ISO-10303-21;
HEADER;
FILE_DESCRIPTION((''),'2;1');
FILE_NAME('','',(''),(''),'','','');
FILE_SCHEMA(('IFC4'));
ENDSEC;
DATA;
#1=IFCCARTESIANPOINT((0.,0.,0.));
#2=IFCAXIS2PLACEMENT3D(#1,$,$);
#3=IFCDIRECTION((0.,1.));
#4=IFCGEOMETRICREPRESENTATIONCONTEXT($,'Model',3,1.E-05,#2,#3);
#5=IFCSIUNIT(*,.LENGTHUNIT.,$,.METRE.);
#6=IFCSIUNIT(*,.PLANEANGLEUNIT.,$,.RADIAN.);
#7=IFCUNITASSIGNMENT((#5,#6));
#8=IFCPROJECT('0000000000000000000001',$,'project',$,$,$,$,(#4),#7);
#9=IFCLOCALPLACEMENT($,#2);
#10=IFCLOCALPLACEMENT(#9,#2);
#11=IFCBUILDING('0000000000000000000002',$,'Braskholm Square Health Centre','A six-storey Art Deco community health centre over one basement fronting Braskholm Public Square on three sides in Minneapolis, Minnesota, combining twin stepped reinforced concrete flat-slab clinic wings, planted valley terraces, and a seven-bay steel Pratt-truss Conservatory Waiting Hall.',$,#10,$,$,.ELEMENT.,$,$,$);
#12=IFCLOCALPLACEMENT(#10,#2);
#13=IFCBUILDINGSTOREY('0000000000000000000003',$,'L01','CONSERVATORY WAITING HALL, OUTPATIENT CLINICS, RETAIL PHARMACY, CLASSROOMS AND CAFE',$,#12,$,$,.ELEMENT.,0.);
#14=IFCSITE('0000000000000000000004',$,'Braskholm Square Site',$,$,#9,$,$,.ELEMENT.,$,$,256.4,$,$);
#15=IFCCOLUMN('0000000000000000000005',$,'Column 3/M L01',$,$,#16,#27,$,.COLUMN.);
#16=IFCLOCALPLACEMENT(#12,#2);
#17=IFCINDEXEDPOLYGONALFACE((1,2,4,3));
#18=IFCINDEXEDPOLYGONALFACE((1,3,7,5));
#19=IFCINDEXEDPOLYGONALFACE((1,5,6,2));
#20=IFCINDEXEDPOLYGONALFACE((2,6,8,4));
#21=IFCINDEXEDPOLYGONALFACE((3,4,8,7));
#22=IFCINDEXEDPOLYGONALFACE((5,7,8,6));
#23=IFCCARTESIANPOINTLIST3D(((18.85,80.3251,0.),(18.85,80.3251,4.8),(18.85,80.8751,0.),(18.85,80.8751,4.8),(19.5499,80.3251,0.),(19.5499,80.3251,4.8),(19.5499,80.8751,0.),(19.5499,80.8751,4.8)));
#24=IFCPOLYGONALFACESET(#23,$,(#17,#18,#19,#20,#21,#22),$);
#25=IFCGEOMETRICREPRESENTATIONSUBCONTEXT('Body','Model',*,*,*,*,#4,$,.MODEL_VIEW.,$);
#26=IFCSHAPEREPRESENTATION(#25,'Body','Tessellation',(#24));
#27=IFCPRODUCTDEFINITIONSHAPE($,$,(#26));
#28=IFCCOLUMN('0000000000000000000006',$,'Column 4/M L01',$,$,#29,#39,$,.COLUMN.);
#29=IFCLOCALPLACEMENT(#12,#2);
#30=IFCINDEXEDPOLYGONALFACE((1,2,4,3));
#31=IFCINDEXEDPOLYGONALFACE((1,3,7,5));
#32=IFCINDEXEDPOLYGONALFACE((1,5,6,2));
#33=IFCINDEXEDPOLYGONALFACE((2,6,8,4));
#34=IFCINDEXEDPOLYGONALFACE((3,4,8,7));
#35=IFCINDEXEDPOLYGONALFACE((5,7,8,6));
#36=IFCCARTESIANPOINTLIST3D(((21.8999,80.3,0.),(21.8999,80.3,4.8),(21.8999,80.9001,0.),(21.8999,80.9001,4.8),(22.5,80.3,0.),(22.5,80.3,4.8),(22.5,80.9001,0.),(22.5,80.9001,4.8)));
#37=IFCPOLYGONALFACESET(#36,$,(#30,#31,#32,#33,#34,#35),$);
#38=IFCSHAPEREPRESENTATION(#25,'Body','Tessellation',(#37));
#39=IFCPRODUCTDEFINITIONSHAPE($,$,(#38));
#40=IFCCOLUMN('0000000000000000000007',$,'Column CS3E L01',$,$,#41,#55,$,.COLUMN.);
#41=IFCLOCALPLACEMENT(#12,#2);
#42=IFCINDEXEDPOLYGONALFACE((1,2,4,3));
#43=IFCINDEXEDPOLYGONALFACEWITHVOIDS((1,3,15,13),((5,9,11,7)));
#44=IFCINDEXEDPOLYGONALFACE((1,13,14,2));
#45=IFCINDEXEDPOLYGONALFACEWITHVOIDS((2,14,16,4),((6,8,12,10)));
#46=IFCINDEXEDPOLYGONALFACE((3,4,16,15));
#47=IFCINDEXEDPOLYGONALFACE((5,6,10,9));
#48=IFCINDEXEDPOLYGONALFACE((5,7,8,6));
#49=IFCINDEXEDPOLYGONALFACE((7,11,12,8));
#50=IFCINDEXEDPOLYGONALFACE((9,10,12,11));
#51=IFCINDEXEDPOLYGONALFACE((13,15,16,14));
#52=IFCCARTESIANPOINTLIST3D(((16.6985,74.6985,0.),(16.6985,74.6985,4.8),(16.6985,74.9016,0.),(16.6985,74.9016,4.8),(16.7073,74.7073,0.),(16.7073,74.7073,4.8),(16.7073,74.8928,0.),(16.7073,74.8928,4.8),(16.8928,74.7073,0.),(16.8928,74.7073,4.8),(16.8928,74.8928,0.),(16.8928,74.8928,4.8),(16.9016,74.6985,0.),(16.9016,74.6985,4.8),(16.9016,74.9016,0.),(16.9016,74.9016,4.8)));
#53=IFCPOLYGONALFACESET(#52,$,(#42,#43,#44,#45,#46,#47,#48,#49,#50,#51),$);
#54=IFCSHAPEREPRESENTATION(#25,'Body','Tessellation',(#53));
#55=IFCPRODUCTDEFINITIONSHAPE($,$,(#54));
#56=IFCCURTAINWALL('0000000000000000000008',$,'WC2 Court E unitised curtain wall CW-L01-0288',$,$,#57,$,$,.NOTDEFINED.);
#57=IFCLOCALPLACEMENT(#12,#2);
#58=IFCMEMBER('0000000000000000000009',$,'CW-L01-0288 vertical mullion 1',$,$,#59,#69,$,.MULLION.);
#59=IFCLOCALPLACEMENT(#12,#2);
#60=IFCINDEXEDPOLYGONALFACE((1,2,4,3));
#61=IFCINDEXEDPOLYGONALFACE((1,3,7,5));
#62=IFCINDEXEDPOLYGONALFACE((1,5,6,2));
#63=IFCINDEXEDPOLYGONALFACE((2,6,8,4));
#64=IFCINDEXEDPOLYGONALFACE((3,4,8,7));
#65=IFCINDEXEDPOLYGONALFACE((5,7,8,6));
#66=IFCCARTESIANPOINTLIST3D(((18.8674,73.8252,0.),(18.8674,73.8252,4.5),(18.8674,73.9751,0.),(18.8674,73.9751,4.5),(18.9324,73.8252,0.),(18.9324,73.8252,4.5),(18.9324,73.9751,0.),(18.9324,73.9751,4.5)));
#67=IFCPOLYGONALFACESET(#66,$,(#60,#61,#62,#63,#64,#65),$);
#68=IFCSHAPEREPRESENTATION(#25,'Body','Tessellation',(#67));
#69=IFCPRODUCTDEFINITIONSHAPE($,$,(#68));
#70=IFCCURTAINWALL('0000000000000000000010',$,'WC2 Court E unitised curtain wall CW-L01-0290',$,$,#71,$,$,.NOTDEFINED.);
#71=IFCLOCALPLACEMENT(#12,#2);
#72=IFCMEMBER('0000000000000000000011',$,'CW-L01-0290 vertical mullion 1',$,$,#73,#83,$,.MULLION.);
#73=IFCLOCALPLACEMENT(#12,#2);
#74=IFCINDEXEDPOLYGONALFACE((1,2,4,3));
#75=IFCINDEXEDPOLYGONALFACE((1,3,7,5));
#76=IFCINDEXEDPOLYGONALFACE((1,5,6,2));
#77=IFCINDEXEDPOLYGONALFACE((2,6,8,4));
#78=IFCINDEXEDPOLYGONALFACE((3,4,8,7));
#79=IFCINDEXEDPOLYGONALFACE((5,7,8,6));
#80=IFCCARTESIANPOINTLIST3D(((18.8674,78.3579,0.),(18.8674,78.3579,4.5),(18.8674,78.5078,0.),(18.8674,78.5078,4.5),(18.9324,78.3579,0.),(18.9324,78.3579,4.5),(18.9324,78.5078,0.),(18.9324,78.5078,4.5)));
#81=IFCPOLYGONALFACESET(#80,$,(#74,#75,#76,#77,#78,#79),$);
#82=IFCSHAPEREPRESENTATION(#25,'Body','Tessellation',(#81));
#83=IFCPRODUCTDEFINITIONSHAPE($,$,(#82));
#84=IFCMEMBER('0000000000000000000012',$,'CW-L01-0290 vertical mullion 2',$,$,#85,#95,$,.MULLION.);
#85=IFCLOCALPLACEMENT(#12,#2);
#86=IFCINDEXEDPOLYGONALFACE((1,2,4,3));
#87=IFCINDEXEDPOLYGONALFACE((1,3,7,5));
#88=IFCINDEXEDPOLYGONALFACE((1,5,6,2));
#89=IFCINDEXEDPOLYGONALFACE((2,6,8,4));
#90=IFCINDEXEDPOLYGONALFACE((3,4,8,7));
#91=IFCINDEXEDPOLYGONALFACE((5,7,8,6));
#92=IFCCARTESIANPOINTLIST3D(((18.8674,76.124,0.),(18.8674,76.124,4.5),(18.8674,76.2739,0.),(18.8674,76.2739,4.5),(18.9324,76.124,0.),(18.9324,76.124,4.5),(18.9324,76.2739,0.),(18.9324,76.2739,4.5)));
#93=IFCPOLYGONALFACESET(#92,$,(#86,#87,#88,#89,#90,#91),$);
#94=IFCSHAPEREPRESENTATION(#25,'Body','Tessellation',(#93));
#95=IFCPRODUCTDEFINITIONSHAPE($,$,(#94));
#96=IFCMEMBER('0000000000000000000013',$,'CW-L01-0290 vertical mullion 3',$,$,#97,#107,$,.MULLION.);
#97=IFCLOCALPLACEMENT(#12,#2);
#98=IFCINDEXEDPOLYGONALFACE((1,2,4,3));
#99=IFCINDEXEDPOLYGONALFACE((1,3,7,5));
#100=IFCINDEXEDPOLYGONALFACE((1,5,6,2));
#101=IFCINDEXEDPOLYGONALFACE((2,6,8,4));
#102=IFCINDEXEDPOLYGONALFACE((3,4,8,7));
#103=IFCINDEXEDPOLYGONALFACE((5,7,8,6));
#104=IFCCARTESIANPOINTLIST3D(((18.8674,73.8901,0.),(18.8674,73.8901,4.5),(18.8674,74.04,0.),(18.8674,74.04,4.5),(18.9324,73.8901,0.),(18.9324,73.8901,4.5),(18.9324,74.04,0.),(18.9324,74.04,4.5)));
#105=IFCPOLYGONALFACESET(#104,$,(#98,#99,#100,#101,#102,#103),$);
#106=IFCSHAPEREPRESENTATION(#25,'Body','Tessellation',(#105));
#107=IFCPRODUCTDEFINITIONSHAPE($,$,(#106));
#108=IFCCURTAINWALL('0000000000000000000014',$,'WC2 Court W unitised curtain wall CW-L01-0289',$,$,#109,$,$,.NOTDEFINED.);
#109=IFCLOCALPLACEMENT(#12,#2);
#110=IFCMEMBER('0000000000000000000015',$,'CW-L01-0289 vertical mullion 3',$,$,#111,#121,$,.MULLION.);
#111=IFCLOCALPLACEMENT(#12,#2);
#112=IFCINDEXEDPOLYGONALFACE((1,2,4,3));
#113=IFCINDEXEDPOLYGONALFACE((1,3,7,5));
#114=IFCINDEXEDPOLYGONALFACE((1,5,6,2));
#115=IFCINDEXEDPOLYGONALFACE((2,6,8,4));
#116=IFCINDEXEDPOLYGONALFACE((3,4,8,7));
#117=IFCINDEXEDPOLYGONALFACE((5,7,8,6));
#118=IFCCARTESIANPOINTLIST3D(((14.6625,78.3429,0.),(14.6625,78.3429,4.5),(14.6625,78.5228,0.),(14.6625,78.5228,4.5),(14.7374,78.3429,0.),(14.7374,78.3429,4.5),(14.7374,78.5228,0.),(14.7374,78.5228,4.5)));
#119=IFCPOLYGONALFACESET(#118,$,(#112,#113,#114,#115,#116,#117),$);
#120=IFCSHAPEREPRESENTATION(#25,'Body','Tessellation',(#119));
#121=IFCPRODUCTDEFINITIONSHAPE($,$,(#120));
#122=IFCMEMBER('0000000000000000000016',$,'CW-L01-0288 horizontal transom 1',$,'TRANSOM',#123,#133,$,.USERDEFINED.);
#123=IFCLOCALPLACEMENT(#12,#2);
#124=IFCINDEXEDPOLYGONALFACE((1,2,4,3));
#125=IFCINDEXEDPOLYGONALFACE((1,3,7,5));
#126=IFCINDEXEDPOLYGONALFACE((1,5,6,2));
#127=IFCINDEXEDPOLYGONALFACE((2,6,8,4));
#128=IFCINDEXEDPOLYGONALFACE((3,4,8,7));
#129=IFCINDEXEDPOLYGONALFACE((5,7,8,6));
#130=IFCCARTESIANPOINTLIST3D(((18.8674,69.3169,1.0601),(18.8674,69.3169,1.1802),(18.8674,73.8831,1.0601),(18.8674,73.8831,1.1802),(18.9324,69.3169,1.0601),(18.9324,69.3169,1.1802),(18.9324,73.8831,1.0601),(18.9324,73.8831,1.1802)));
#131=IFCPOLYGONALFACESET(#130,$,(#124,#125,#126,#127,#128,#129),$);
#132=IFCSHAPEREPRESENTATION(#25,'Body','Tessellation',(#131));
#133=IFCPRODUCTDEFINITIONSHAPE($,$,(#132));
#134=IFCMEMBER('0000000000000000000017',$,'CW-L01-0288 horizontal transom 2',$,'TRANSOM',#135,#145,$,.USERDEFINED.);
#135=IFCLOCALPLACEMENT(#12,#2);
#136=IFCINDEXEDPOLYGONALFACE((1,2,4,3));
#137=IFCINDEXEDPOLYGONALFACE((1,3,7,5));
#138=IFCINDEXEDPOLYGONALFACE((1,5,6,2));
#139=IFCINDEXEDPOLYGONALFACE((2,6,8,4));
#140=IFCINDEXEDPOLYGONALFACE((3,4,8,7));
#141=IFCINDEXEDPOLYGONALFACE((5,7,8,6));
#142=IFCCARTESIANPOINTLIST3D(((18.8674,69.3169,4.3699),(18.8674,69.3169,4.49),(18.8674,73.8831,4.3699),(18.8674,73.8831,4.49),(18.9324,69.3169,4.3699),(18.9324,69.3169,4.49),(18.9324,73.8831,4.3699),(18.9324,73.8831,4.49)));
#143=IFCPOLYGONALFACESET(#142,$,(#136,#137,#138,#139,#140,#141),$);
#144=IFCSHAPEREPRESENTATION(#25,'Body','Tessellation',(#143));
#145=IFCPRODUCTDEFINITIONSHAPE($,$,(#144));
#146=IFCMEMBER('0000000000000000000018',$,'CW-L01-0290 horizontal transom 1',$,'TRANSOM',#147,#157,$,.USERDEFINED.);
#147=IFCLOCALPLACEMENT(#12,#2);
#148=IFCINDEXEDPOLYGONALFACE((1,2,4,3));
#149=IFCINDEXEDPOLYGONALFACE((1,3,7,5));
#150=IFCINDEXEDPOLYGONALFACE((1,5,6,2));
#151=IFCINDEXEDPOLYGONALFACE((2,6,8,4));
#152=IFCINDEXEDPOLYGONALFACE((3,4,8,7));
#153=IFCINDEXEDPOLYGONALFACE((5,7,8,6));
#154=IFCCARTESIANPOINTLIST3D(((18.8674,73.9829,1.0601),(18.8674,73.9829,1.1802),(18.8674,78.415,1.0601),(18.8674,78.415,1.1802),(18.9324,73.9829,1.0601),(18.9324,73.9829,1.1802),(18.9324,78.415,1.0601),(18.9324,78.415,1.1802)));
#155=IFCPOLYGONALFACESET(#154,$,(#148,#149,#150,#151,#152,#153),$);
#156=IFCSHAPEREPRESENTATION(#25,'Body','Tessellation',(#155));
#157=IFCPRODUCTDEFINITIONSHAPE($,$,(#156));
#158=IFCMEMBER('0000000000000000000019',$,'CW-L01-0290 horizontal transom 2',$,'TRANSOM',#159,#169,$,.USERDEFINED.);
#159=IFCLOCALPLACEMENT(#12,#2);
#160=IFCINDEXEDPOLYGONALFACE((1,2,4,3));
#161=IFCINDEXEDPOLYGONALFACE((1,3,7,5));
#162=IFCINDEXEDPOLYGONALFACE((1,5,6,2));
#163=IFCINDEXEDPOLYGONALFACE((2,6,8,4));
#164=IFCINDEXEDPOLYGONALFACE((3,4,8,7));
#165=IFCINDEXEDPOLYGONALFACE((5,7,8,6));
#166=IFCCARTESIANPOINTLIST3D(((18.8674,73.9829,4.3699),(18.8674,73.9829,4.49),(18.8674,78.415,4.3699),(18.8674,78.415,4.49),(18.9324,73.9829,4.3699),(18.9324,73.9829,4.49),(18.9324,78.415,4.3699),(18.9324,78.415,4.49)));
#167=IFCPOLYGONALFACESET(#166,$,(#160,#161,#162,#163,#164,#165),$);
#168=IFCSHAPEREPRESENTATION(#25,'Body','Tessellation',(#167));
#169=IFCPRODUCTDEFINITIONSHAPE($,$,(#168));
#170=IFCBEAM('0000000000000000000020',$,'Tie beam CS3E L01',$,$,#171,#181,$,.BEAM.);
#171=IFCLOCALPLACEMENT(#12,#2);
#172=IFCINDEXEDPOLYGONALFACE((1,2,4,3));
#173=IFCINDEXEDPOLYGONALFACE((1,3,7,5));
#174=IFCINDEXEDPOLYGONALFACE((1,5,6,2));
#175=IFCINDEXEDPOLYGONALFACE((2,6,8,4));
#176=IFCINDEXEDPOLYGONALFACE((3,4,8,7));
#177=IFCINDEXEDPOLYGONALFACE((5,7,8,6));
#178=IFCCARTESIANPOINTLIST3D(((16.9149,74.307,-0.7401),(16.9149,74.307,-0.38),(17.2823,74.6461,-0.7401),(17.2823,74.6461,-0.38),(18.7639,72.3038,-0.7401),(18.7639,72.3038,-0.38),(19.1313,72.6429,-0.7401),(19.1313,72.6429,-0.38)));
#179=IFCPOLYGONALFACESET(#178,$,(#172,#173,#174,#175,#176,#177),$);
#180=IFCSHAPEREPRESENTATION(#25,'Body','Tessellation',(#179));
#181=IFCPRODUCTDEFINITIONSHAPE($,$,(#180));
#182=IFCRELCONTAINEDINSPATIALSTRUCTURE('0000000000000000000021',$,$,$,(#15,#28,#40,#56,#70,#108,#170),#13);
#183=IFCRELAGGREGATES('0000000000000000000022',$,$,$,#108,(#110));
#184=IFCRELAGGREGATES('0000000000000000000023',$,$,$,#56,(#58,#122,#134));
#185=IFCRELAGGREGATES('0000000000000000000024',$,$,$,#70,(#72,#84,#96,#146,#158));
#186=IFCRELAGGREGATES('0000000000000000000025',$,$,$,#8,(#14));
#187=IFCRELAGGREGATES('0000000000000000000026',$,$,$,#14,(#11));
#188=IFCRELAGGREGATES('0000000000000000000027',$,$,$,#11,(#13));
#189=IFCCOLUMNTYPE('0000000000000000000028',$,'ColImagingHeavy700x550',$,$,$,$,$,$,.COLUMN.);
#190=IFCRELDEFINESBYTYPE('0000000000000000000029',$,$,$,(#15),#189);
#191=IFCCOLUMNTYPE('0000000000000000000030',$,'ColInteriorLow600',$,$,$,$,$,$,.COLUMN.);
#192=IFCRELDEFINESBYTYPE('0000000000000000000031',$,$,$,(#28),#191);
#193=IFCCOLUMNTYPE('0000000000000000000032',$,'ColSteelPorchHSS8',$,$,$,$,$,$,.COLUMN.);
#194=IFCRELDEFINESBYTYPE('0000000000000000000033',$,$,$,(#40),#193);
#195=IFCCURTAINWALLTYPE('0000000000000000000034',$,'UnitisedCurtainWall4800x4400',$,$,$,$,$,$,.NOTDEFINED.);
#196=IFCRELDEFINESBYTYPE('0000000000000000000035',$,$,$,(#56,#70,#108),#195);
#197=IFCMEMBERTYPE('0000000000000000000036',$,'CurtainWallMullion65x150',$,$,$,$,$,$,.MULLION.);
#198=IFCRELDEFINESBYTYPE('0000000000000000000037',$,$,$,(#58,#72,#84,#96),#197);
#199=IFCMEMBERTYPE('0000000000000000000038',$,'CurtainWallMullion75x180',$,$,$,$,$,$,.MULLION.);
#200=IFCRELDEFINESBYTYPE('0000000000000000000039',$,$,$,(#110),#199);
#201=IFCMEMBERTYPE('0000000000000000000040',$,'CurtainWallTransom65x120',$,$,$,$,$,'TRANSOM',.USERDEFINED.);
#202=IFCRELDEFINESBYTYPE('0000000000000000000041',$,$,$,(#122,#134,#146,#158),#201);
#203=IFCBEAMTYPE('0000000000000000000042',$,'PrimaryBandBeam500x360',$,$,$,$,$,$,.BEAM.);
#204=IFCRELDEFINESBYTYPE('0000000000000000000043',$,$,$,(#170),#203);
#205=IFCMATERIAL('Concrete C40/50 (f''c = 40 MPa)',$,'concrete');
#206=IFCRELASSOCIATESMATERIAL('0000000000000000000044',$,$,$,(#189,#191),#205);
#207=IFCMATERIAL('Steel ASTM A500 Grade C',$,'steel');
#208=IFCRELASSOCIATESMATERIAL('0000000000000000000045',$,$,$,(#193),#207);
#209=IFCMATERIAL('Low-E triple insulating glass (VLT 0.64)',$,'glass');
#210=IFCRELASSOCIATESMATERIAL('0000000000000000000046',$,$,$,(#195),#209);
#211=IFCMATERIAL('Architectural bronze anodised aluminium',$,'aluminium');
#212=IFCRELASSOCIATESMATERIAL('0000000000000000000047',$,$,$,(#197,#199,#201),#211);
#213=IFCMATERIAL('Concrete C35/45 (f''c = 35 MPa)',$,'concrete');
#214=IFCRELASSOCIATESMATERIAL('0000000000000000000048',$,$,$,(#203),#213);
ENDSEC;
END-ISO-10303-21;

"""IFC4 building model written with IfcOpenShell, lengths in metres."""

from ifc_helpers import new_model, si_unit, direction, frame, origin, origin_2d, place, context, subcontext, project, spatial, rectangle, hollow_rectangle, extrude, material, material_profile, profile_set, type_object, element, aggregate, save


model = new_model("IFC4")

# Units and contexts
model_context = context("Model", 3, precision=1e-05, world=origin(), true_north=direction((0.0, 1.0)))
body_context = subcontext(model_context, "Body", "Model", "MODEL_VIEW")
ifc_project = project(units=[si_unit("LENGTHUNIT", "METRE"), si_unit("PLANEANGLEUNIT", "RADIAN")], contexts=[model_context])

# Site, building, storey
site_placement = place(None, origin())
site = spatial("IfcSite", under=ifc_project, at=site_placement, Name="Braskholm Square Site", CompositionType="ELEMENT", RefElevation=256.4)
building_placement = place(site_placement, origin())
building = spatial("IfcBuilding", under=site, at=building_placement, Name="Braskholm Square Health Centre", Description="A six-storey Art Deco community health centre over one basement fronting Braskholm Public Square on three sides in Minneapolis, Minnesota, combining twin stepped reinforced concrete flat-slab clinic wings, planted valley terraces, and a seven-bay steel Pratt-truss Conservatory Waiting Hall.", CompositionType="ELEMENT")
storey_placement = place(building_placement, origin())
storey = spatial("IfcBuildingStorey", under=building, at=storey_placement, Name="L01", Description="CONSERVATORY WAITING HALL, OUTPATIENT CLINICS, RETAIL PHARMACY, CLASSROOMS AND CAFE", CompositionType="ELEMENT", Elevation=0.0)

# Columns
ifc_material_1 = material(Name="Concrete C40/50 (f'c = 40 MPa)", Category="concrete")
ifc_material_profile_1 = material_profile(ifc_material_1, rectangle(XDim=0.7, YDim=0.55, at=origin_2d()), Name="RC-700X550")
ifc_profile_set_1 = profile_set([ifc_material_profile_1], Name="Concrete C40/50 (f'c = 40 MPa)")
column_type_1 = type_object("IfcColumnType", Name="ColImagingHeavy700x550", PredefinedType="COLUMN", material=ifc_profile_set_1)
column_1_placement = place(storey_placement, frame((19.2, 80.6001, 0.0), z_axis=(0.0, 0.0, 1.0), x_axis=(1.0, 0.0, 0.0)))
element("IfcColumn", 1, at=column_1_placement, inside=storey, type_object=column_type_1, Name="Column 3/M L01", PredefinedType="COLUMN", context=body_context, shape_type="SweptSolid", body=[
    extrude(rectangle(XDim=0.7, YDim=0.55, at=origin_2d()), origin(), (0.0, 0.0, 1.0), 4.8),
])
ifc_material_profile_2 = material_profile(ifc_material_1, rectangle(XDim=0.6001, YDim=0.6001, at=origin_2d()), Name="RC-600X600")
ifc_profile_set_2 = profile_set([ifc_material_profile_2], Name="Concrete C40/50 (f'c = 40 MPa)")
column_type_2 = type_object("IfcColumnType", Name="ColInteriorLow600", PredefinedType="COLUMN", material=ifc_profile_set_2)
column_2_placement = place(storey_placement, frame((22.2, 80.6001, 0.0), z_axis=(0.0, 0.0, 1.0), x_axis=(1.0, 0.0, 0.0)))
element("IfcColumn", 2, at=column_2_placement, inside=storey, type_object=column_type_2, Name="Column 4/M L01", PredefinedType="COLUMN", context=body_context, shape_type="SweptSolid", body=[
    extrude(rectangle(XDim=0.6001, YDim=0.6001, at=origin_2d()), origin(), (0.0, 0.0, 1.0), 4.8),
])
ifc_material_2 = material(Name="Steel ASTM A500 Grade C", Category="steel")
ifc_material_profile_3 = material_profile(ifc_material_2, hollow_rectangle(XDim=0.2031, YDim=0.2031, WallThickness=0.0088, at=origin_2d()), Name="HSS8X8X3/8")
ifc_profile_set_3 = profile_set([ifc_material_profile_3], Name="Steel ASTM A500 Grade C")
column_type_3 = type_object("IfcColumnType", Name="ColSteelPorchHSS8", PredefinedType="COLUMN", material=ifc_profile_set_3)
column_3_placement = place(storey_placement, frame((16.8, 74.8, 0.0), z_axis=(0.0, 0.0, 1.0), x_axis=(1.0, 0.0, 0.0)))
element("IfcColumn", 3, at=column_3_placement, inside=storey, type_object=column_type_3, Name="Column CS3E L01", PredefinedType="COLUMN", context=body_context, shape_type="SweptSolid", body=[
    extrude(hollow_rectangle(XDim=0.2031, YDim=0.2031, WallThickness=0.0088, at=origin_2d()), origin(), (0.0, 0.0, 1.0), 4.8),
])

# Curtain wall, member
ifc_material_3 = material(Name="Low-E triple insulating glass (VLT 0.64)", Category="glass")
curtain_wall_type = type_object("IfcCurtainWallType", Name="UnitisedCurtainWall4800x4400", PredefinedType="NOTDEFINED", material=ifc_material_3)
curtain_wall_1_placement = place(storey_placement, origin())
curtain_wall_1 = element("IfcCurtainWall", 4, at=curtain_wall_1_placement, inside=storey, type_object=curtain_wall_type, Name="WC2 Court E unitised curtain wall CW-L01-0288", PredefinedType="NOTDEFINED")
ifc_material_4 = material(Name="Architectural bronze anodised aluminium", Category="aluminium")
ifc_material_profile_4 = material_profile(ifc_material_4, rectangle(XDim=0.0649, YDim=0.1499, at=origin_2d()), Name="ALU-65X150")
ifc_profile_set_4 = profile_set([ifc_material_profile_4], Name="Architectural bronze anodised aluminium")
member_type_1 = type_object("IfcMemberType", Name="CurtainWallMullion65x150", PredefinedType="MULLION", material=ifc_profile_set_4)
member_1_placement = place(storey_placement, frame((18.8999, 73.9001, 0.0), z_axis=(0.0, 0.0, 1.0), x_axis=(1.0, 0.0, 0.0)))
member_1 = element("IfcMember", 5, at=member_1_placement, type_object=member_type_1, Name="CW-L01-0288 vertical mullion 1", PredefinedType="MULLION", context=body_context, shape_type="SweptSolid", body=[
    extrude(rectangle(XDim=0.0649, YDim=0.1499, at=origin_2d()), origin(), (0.0, 0.0, 1.0), 4.5),
])

# Curtain wall, members
curtain_wall_2_placement = place(storey_placement, origin())
curtain_wall_2 = element("IfcCurtainWall", 6, at=curtain_wall_2_placement, inside=storey, type_object=curtain_wall_type, Name="WC2 Court E unitised curtain wall CW-L01-0290", PredefinedType="NOTDEFINED")
member_2_placement = place(storey_placement, frame((18.8999, 78.4329, 0.0), z_axis=(0.0, 0.0, 1.0), x_axis=(1.0, 0.0, 0.0)))
member_2 = element("IfcMember", 7, at=member_2_placement, type_object=member_type_1, Name="CW-L01-0290 vertical mullion 1", PredefinedType="MULLION", context=body_context, shape_type="SweptSolid", body=[
    extrude(rectangle(XDim=0.0649, YDim=0.1499, at=origin_2d()), origin(), (0.0, 0.0, 1.0), 4.5),
])
member_3_placement = place(storey_placement, frame((18.8999, 76.199, 0.0), z_axis=(0.0, 0.0, 1.0), x_axis=(1.0, 0.0, 0.0)))
member_3 = element("IfcMember", 8, at=member_3_placement, type_object=member_type_1, Name="CW-L01-0290 vertical mullion 2", PredefinedType="MULLION", context=body_context, shape_type="SweptSolid", body=[
    extrude(rectangle(XDim=0.0649, YDim=0.1499, at=origin_2d()), origin(), (0.0, 0.0, 1.0), 4.5),
])
member_4_placement = place(storey_placement, frame((18.8999, 73.9651, 0.0), z_axis=(0.0, 0.0, 1.0), x_axis=(1.0, 0.0, 0.0)))
member_4 = element("IfcMember", 9, at=member_4_placement, type_object=member_type_1, Name="CW-L01-0290 vertical mullion 3", PredefinedType="MULLION", context=body_context, shape_type="SweptSolid", body=[
    extrude(rectangle(XDim=0.0649, YDim=0.1499, at=origin_2d()), origin(), (0.0, 0.0, 1.0), 4.5),
])

# Curtain wall, member
curtain_wall_3_placement = place(storey_placement, origin())
curtain_wall_3 = element("IfcCurtainWall", 10, at=curtain_wall_3_placement, inside=storey, type_object=curtain_wall_type, Name="WC2 Court W unitised curtain wall CW-L01-0289", PredefinedType="NOTDEFINED")
ifc_material_profile_5 = material_profile(ifc_material_4, rectangle(XDim=0.075, YDim=0.1799, at=origin_2d()), Name="ALU-75X180")
ifc_profile_set_5 = profile_set([ifc_material_profile_5], Name="Architectural bronze anodised aluminium")
member_type_2 = type_object("IfcMemberType", Name="CurtainWallMullion75x180", PredefinedType="MULLION", material=ifc_profile_set_5)
member_5_placement = place(storey_placement, frame((14.7, 78.4329, 0.0), z_axis=(0.0, 0.0, 1.0), x_axis=(1.0, 0.0, 0.0)))
member_5 = element("IfcMember", 11, at=member_5_placement, type_object=member_type_2, Name="CW-L01-0289 vertical mullion 3", PredefinedType="MULLION", context=body_context, shape_type="SweptSolid", body=[
    extrude(rectangle(XDim=0.075, YDim=0.1799, at=origin_2d()), origin(), (0.0, 0.0, 1.0), 4.5),
])
aggregate(curtain_wall_3, [member_5])

# Members
ifc_material_profile_6 = material_profile(ifc_material_4, rectangle(XDim=0.0649, YDim=0.1201, at=origin_2d()), Name="ALU-65X120")
ifc_profile_set_6 = profile_set([ifc_material_profile_6], Name="Architectural bronze anodised aluminium")
member_type_3 = type_object("IfcMemberType", Name="CurtainWallTransom65x120", ElementType="TRANSOM", PredefinedType="USERDEFINED", material=ifc_profile_set_6)
member_6_placement = place(storey_placement, frame((18.8999, 73.8831, 1.1201), z_axis=(0.0, -1.0, 0.0), x_axis=(1.0, 0.0, 0.0)))
member_6 = element("IfcMember", 12, at=member_6_placement, type_object=member_type_3, Name="CW-L01-0288 horizontal transom 1", ObjectType="TRANSOM", PredefinedType="USERDEFINED", context=body_context, shape_type="SweptSolid", body=[
    extrude(rectangle(XDim=0.0649, YDim=0.1201, at=origin_2d()), origin(), (0.0, 0.0, 1.0), 4.5662),
])
member_7_placement = place(storey_placement, frame((18.8999, 73.8831, 4.4299), z_axis=(0.0, -1.0, 0.0), x_axis=(1.0, 0.0, 0.0)))
member_7 = element("IfcMember", 13, at=member_7_placement, type_object=member_type_3, Name="CW-L01-0288 horizontal transom 2", ObjectType="TRANSOM", PredefinedType="USERDEFINED", context=body_context, shape_type="SweptSolid", body=[
    extrude(rectangle(XDim=0.0649, YDim=0.1201, at=origin_2d()), origin(), (0.0, 0.0, 1.0), 4.5662),
])
member_8_placement = place(storey_placement, frame((18.8999, 78.415, 1.1201), z_axis=(0.0, -1.0, 0.0), x_axis=(1.0, 0.0, 0.0)))
member_8 = element("IfcMember", 14, at=member_8_placement, type_object=member_type_3, Name="CW-L01-0290 horizontal transom 1", ObjectType="TRANSOM", PredefinedType="USERDEFINED", context=body_context, shape_type="SweptSolid", body=[
    extrude(rectangle(XDim=0.0649, YDim=0.1201, at=origin_2d()), origin(), (0.0, 0.0, 1.0), 4.4321),
])
member_9_placement = place(storey_placement, frame((18.8999, 78.415, 4.4299), z_axis=(0.0, -1.0, 0.0), x_axis=(1.0, 0.0, 0.0)))
member_9 = element("IfcMember", 15, at=member_9_placement, type_object=member_type_3, Name="CW-L01-0290 horizontal transom 2", ObjectType="TRANSOM", PredefinedType="USERDEFINED", context=body_context, shape_type="SweptSolid", body=[
    extrude(rectangle(XDim=0.0649, YDim=0.1201, at=origin_2d()), origin(), (0.0, 0.0, 1.0), 4.4321),
])

# Beam
ifc_material_5 = material(Name="Concrete C35/45 (f'c = 35 MPa)", Category="concrete")
ifc_material_profile_7 = material_profile(ifc_material_5, rectangle(XDim=0.5, YDim=0.3601, at=origin_2d()), Name="RCB-500X360")
ifc_profile_set_7 = profile_set([ifc_material_profile_7], Name="Concrete C35/45 (f'c = 35 MPa)")
beam_type_1 = type_object("IfcBeamType", Name="PrimaryBandBeam500x360", PredefinedType="BEAM", material=ifc_profile_set_7)
beam_1_placement = place(storey_placement, frame((17.0986, 74.4766, -0.5601), z_axis=(0.678239, -0.734841, 0.0), x_axis=(0.734841, 0.678239, 0.0)))
element("IfcBeam", 16, at=beam_1_placement, inside=storey, type_object=beam_type_1, Name="Tie beam CS3E L01", PredefinedType="BEAM", context=body_context, shape_type="SweptSolid", body=[
    extrude(rectangle(XDim=0.5, YDim=0.3601, at=origin_2d()), origin(), (0.0, 0.0, 1.0), 2.7261),
])

aggregate(curtain_wall_1, [member_1, member_6, member_7])
aggregate(curtain_wall_2, [member_2, member_3, member_4, member_8, member_9])

save(model, "model.ifc")
